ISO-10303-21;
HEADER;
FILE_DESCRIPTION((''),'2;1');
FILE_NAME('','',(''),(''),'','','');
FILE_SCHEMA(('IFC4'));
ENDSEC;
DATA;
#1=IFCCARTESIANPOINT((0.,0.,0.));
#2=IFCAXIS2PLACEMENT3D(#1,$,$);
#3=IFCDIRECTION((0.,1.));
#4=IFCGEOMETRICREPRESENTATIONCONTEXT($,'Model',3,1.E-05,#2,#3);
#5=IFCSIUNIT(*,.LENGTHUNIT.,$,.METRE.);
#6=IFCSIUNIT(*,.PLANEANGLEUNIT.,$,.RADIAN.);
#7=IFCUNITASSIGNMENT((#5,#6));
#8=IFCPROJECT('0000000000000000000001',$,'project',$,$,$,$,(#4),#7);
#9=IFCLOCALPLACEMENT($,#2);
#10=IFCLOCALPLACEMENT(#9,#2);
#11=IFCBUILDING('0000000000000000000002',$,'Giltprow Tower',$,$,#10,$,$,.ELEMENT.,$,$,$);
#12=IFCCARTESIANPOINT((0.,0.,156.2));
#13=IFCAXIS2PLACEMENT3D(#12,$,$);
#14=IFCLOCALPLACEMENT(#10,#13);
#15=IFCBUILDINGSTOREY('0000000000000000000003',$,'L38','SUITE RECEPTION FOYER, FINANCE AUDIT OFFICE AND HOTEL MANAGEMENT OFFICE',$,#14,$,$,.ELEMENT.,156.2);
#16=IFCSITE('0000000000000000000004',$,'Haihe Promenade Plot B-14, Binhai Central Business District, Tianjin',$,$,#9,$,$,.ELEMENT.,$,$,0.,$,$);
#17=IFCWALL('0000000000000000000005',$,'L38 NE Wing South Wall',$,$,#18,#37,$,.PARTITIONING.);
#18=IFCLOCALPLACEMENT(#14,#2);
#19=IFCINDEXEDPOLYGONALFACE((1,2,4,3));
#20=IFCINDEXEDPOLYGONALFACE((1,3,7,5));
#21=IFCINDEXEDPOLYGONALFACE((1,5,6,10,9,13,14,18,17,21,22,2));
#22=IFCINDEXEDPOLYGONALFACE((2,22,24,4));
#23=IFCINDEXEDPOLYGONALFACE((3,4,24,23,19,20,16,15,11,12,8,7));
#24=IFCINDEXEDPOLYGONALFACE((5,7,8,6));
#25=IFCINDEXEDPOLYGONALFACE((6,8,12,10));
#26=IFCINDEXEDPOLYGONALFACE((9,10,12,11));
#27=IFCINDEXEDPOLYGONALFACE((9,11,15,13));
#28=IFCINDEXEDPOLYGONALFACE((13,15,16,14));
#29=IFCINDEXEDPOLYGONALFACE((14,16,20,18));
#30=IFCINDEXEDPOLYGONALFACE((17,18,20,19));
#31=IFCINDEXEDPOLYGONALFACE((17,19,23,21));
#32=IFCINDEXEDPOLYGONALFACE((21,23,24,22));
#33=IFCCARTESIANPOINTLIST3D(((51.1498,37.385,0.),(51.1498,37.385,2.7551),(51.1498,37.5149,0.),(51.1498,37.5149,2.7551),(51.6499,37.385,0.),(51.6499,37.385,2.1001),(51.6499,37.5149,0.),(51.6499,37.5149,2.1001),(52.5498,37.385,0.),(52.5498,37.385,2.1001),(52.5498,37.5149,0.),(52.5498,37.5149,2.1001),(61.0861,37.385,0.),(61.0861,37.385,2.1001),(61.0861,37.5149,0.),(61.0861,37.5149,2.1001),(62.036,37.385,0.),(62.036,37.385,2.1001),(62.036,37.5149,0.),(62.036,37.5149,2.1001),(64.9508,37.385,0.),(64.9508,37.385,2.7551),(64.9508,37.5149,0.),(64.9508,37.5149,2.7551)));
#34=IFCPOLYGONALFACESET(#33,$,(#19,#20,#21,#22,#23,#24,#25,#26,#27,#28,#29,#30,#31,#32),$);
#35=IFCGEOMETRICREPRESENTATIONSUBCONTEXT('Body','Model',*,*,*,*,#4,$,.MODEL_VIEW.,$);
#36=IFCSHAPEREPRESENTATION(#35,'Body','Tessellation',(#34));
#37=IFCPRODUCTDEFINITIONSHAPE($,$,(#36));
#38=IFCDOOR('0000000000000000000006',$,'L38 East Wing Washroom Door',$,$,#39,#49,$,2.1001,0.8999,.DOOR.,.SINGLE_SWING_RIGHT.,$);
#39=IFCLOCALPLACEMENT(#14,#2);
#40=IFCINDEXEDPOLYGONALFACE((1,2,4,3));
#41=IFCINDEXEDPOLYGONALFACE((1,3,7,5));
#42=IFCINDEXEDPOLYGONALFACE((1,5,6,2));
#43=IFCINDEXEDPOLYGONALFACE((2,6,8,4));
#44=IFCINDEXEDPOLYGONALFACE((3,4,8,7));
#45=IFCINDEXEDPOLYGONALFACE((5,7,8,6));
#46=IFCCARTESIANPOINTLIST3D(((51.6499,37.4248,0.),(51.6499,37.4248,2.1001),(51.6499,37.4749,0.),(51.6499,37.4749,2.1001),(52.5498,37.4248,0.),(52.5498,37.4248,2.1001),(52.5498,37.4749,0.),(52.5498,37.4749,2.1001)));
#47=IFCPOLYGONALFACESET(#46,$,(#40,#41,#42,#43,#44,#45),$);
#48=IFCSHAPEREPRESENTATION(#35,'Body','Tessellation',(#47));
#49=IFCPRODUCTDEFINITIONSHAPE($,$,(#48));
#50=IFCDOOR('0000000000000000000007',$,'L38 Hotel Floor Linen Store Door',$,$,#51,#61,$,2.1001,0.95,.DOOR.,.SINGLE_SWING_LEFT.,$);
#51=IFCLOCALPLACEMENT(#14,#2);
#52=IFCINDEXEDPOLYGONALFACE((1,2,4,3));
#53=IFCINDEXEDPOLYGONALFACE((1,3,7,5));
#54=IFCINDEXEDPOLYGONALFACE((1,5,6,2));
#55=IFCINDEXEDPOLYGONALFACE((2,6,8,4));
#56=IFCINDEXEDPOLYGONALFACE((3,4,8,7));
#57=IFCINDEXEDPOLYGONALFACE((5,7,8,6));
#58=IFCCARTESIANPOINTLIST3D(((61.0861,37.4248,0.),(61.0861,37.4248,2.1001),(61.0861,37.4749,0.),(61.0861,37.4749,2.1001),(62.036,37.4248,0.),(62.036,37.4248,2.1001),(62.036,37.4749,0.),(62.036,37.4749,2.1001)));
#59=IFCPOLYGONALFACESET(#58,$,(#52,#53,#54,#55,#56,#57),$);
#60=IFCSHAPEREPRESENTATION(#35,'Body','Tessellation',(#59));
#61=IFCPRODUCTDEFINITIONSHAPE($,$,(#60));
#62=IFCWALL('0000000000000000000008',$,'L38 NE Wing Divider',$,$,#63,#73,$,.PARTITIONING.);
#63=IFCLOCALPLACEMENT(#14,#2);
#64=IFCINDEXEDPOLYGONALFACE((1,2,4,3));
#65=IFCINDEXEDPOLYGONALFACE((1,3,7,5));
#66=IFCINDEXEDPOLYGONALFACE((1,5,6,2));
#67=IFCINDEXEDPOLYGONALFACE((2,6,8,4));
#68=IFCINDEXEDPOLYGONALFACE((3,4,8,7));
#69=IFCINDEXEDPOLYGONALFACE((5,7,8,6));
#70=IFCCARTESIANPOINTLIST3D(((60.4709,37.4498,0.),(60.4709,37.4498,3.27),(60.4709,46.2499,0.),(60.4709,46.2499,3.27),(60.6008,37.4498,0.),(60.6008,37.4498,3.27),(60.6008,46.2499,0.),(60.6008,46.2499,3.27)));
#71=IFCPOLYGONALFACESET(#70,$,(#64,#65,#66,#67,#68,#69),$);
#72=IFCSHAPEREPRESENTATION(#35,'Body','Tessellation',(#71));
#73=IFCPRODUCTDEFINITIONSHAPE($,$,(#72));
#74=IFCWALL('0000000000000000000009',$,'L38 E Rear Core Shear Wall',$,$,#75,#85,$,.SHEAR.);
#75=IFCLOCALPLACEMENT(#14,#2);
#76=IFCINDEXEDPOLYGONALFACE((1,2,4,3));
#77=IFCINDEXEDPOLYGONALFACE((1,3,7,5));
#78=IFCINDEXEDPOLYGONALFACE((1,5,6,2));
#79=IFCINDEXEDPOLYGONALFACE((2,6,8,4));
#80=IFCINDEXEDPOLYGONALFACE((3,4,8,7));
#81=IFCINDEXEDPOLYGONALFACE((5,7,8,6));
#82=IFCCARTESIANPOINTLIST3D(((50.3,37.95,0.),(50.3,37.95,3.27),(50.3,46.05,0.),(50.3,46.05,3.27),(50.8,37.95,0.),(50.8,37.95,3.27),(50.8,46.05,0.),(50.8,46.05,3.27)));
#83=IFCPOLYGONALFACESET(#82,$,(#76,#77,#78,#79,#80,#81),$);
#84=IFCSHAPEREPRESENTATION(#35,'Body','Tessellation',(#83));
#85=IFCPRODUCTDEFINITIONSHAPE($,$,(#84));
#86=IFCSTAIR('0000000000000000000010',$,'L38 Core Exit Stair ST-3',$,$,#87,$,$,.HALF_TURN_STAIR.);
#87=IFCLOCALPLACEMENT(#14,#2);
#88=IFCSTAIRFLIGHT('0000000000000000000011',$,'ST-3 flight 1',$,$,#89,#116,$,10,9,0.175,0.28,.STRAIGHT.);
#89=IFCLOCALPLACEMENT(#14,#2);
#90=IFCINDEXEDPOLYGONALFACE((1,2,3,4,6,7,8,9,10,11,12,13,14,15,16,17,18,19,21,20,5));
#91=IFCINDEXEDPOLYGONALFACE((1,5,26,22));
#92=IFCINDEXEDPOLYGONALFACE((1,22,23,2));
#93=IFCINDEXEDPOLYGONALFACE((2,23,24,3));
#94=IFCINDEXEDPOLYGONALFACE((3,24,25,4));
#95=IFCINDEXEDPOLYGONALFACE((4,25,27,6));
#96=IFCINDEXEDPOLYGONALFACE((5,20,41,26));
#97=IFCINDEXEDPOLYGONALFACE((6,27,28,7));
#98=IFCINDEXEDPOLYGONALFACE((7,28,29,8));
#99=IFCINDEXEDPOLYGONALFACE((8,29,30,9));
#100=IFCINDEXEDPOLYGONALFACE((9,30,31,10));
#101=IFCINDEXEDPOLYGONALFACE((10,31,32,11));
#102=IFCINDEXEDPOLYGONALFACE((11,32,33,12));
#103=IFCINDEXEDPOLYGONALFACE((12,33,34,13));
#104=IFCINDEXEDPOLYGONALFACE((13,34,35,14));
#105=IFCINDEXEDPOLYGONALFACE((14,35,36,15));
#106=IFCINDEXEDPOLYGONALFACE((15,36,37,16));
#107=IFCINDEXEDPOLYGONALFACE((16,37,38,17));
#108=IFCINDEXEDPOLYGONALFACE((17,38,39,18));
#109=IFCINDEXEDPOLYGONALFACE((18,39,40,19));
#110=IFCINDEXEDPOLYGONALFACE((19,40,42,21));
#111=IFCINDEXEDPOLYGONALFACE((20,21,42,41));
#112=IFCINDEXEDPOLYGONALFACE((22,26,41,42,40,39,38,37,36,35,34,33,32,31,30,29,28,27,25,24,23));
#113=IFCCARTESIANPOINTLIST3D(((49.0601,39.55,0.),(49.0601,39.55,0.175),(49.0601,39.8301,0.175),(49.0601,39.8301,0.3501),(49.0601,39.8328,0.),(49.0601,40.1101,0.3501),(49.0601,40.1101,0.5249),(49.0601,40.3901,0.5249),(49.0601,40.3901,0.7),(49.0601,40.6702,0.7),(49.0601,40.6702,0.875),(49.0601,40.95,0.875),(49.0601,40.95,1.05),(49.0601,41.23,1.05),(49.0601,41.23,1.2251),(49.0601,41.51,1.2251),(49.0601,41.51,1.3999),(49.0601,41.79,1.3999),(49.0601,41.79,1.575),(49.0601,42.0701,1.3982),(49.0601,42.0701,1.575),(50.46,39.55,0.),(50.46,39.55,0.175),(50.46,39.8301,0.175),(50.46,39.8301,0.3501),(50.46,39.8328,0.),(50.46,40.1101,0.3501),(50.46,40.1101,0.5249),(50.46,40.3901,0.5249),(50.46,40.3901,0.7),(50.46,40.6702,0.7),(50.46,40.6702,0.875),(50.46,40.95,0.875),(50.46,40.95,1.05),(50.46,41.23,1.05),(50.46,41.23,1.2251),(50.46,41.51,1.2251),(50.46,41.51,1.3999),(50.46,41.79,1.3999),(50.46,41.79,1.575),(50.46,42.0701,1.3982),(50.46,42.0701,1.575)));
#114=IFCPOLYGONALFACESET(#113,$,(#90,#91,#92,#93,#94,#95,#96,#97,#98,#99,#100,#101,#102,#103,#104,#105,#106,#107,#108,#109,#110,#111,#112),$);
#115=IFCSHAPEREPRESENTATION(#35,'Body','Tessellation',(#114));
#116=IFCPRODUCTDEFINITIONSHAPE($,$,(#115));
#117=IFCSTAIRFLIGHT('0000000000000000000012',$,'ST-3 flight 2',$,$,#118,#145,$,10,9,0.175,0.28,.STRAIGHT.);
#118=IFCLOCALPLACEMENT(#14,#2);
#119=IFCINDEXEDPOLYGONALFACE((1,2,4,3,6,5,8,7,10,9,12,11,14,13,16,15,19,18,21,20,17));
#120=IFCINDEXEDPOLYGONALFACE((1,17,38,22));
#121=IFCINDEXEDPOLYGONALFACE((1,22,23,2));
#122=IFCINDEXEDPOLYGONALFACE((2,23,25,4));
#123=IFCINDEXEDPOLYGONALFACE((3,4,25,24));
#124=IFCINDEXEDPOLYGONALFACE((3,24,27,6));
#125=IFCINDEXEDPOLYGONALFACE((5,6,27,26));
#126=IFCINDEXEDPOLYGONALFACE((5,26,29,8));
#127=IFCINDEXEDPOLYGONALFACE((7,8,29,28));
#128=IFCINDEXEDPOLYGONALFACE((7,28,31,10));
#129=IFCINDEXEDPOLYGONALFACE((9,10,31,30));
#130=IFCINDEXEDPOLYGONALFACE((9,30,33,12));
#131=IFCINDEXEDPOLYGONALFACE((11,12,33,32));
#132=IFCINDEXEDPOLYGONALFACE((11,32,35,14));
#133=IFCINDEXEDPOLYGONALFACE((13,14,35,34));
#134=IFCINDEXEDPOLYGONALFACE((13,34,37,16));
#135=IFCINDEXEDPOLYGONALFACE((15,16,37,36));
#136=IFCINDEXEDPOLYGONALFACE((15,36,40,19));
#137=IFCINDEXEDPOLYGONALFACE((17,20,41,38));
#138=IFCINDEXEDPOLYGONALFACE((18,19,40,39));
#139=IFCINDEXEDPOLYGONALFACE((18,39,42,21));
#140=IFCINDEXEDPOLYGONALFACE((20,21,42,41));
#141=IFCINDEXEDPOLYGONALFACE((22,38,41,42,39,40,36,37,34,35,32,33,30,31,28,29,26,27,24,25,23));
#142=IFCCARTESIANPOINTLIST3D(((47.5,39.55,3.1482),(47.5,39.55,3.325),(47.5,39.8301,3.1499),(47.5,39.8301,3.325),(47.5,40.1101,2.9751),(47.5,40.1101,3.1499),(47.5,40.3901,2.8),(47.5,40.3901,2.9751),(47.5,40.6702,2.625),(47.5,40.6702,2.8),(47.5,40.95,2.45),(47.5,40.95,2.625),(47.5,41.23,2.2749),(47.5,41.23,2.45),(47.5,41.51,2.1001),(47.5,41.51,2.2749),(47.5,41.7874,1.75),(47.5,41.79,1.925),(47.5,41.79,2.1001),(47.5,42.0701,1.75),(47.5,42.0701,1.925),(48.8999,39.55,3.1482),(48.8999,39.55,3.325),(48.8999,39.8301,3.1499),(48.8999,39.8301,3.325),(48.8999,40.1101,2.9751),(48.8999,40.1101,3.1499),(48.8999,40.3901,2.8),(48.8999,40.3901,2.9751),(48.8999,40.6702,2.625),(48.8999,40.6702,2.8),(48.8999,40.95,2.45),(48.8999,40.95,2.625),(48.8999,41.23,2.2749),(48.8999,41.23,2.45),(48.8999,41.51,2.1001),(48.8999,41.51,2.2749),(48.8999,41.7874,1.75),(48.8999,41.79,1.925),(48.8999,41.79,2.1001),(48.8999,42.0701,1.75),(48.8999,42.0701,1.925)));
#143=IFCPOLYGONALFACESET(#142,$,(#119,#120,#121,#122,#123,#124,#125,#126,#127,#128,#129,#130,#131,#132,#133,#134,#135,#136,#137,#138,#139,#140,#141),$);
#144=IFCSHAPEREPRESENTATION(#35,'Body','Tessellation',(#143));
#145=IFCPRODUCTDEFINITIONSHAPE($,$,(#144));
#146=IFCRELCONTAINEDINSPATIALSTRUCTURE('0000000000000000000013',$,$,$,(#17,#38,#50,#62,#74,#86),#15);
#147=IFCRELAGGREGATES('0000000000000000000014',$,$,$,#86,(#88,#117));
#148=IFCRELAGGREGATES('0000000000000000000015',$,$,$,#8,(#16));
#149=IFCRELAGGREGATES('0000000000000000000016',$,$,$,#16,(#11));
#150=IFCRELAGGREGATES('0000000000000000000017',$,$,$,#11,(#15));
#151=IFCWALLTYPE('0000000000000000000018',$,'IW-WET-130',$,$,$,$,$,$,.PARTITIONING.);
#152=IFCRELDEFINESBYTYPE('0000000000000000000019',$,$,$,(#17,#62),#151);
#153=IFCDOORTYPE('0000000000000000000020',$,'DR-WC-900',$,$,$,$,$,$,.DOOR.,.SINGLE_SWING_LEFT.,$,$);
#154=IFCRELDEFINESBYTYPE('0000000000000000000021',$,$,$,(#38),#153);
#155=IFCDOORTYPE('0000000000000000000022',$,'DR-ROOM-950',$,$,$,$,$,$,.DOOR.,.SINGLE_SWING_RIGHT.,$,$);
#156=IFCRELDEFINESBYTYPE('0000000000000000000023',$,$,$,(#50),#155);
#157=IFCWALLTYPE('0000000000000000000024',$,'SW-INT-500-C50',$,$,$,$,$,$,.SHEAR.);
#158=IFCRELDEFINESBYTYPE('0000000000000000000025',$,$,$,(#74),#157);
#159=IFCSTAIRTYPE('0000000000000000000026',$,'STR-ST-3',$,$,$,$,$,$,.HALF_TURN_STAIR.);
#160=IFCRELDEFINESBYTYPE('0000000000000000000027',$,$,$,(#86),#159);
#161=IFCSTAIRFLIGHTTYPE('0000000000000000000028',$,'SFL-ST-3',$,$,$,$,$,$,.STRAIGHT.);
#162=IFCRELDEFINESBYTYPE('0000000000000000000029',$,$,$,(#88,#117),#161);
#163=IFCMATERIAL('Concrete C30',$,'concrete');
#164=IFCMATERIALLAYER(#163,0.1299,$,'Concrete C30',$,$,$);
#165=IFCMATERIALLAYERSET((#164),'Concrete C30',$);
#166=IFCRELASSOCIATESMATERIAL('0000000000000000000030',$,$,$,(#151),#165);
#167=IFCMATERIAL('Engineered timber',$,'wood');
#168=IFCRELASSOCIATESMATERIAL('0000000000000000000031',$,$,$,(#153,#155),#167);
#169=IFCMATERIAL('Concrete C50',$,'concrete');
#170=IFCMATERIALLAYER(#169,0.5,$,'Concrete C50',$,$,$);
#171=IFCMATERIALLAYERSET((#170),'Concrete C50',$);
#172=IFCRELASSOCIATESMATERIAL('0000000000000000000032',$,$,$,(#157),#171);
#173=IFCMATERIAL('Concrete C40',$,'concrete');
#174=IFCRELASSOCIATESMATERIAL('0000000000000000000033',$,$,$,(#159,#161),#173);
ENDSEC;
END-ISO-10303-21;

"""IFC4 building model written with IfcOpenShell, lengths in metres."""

from ifc_helpers import new_model, si_unit, direction, frame, frame_2d, origin, place, context, subcontext, project, spatial, polyline, rectangle, outline, extrude, source, transform, mapped, material, layer, layer_set, type_object, element, fill, aggregate, save


model = new_model("IFC4")

# Units and contexts
model_context = context("Model", 3, precision=1e-05, world=origin(), true_north=direction((0.0, 1.0)))
body_context = subcontext(model_context, "Body", "Model", "MODEL_VIEW")
ifc_project = project(units=[si_unit("LENGTHUNIT", "METRE"), si_unit("PLANEANGLEUNIT", "RADIAN")], contexts=[model_context])

# Site, building, storey
site_placement = place(None, origin())
site = spatial("IfcSite", under=ifc_project, at=site_placement, Name="Haihe Promenade Plot B-14, Binhai Central Business District, Tianjin", CompositionType="ELEMENT", RefElevation=0.0)
building_placement = place(site_placement, origin())
building = spatial("IfcBuilding", under=site, at=building_placement, Name="Giltprow Tower", CompositionType="ELEMENT")
storey_placement = place(building_placement, frame((0.0, 0.0, 156.2)))
storey = spatial("IfcBuildingStorey", under=building, at=storey_placement, Name="L38", Description="SUITE RECEPTION FOYER, FINANCE AUDIT OFFICE AND HOTEL MANAGEMENT OFFICE", CompositionType="ELEMENT", Elevation=156.2)

# Shared definitions
ifc_material_1 = material(Name="Concrete C50", Category="concrete")

# Shared definitions
ifc_material_2 = material(Name="Concrete C40", Category="concrete")

# Wall, openings, doors
ifc_material_3 = material(Name="Concrete C30", Category="concrete")
ifc_layer_1 = layer(ifc_material_3, 0.1299, Name="Concrete C30")
ifc_layer_set_1 = layer_set([ifc_layer_1], Name="Concrete C30")
wall_type_1 = type_object("IfcWallType", Name="IW-WET-130", PredefinedType="PARTITIONING", material=ifc_layer_set_1)
wall_1_placement = place(storey_placement, frame((51.1499, 37.45, 0.0), z_axis=(0.0, 0.0, 1.0), x_axis=(1.0, 0.0, 0.0)))
wall_1 = element("IfcWall", 1, at=wall_1_placement, inside=storey, type_object=wall_type_1, Name="L38 NE Wing South Wall", PredefinedType="PARTITIONING", context=body_context, shape_type="SweptSolid", body=[
    extrude(rectangle(XDim=13.801, YDim=0.1299, at=frame_2d((6.9004, 0.0))), origin(), (0.0, 0.0, 1.0), 2.7551),
])
opening_1_placement = place(wall_1_placement, frame((0.5, 0.0, 0.0)))
opening_1 = element("IfcOpeningElement", 2, at=opening_1_placement, cuts=wall_1, PredefinedType="OPENING", context=body_context, shape_type="SweptSolid", body=[
    extrude(rectangle(XDim=0.8999, YDim=2.1001, at=frame_2d((0.45, 1.05))), frame((0.0, 0.075, 0.0), z_axis=(0.0, -1.0, 0.0), x_axis=(1.0, 0.0, 0.0)), (0.0, 0.0, 1.0), 0.1499),
])
opening_2_placement = place(wall_1_placement, frame((9.936, 0.0, 0.0)))
opening_2 = element("IfcOpeningElement", 3, at=opening_2_placement, cuts=wall_1, PredefinedType="OPENING", context=body_context, shape_type="SweptSolid", body=[
    extrude(rectangle(XDim=0.95, YDim=2.1001, at=frame_2d((0.4751, 1.05))), frame((0.0, 0.075, 0.0), z_axis=(0.0, -1.0, 0.0), x_axis=(1.0, 0.0, 0.0)), (0.0, 0.0, 1.0), 0.1499),
])
ifc_material_4 = material(Name="Engineered timber", Category="wood")
door_type_1 = type_object("IfcDoorType", Name="DR-WC-900", OperationType="SINGLE_SWING_LEFT", PredefinedType="DOOR", material=ifc_material_4)
shared_shape_1 = source(origin(), body_context, "Body", "SweptSolid", [
    extrude(rectangle(XDim=0.8999, YDim=2.1001, at=frame_2d((0.45, 1.05))), frame((0.0, 0.0249, 0.0), z_axis=(0.0, -1.0, 0.0), x_axis=(1.0, 0.0, 0.0)), (0.0, 0.0, 1.0), 0.05),
])
door_1_placement = place(opening_1_placement, origin())
door_1 = element("IfcDoor", 4, at=door_1_placement, inside=storey, type_object=door_type_1, Name="L38 East Wing Washroom Door", OperationType="SINGLE_SWING_RIGHT", OverallHeight=2.1001, OverallWidth=0.8999, PredefinedType="DOOR", context=body_context, shape_type="MappedRepresentation", body=[
    mapped(shared_shape_1, transform((0.0, 0.0, 0.0), x_axis=(1.0, 0.0, 0.0), y_axis=(0.0, 1.0, 0.0), z_axis=(0.0, 0.0, 1.0), scale=1.0)),
])
fill(opening_1, door_1)
door_type_2 = type_object("IfcDoorType", Name="DR-ROOM-950", OperationType="SINGLE_SWING_RIGHT", PredefinedType="DOOR", material=ifc_material_4)
shared_shape_2 = source(origin(), body_context, "Body", "SweptSolid", [
    extrude(rectangle(XDim=0.95, YDim=2.1001, at=frame_2d((0.4751, 1.05))), frame((0.0, 0.0249, 0.0), z_axis=(0.0, -1.0, 0.0), x_axis=(1.0, 0.0, 0.0)), (0.0, 0.0, 1.0), 0.05),
])
door_2_placement = place(opening_2_placement, origin())
door_2 = element("IfcDoor", 5, at=door_2_placement, inside=storey, type_object=door_type_2, Name="L38 Hotel Floor Linen Store Door", OperationType="SINGLE_SWING_LEFT", OverallHeight=2.1001, OverallWidth=0.95, PredefinedType="DOOR", context=body_context, shape_type="MappedRepresentation", body=[
    mapped(shared_shape_2, transform((0.0, 0.0, 0.0), x_axis=(1.0, 0.0, 0.0), y_axis=(0.0, 1.0, 0.0), z_axis=(0.0, 0.0, 1.0), scale=1.0)),
])
fill(opening_2, door_2)

# Walls
wall_2_placement = place(storey_placement, frame((60.5359, 37.45, 0.0), z_axis=(0.0, 0.0, 1.0), x_axis=(0.0, 1.0, 0.0)))
element("IfcWall", 6, at=wall_2_placement, inside=storey, type_object=wall_type_1, Name="L38 NE Wing Divider", PredefinedType="PARTITIONING", context=body_context, shape_type="SweptSolid", body=[
    extrude(rectangle(XDim=8.8, YDim=0.1299, at=frame_2d((4.3999, 0.0))), origin(), (0.0, 0.0, 1.0), 3.27),
])
ifc_layer_2 = layer(ifc_material_1, 0.5, Name="Concrete C50")
ifc_layer_set_2 = layer_set([ifc_layer_2], Name="Concrete C50")
wall_type_2 = type_object("IfcWallType", Name="SW-INT-500-C50", PredefinedType="SHEAR", material=ifc_layer_set_2)
wall_3_placement = place(storey_placement, frame((50.55, 37.95, 0.0), z_axis=(0.0, 0.0, 1.0), x_axis=(0.0, 1.0, 0.0)))
element("IfcWall", 7, at=wall_3_placement, inside=storey, type_object=wall_type_2, Name="L38 E Rear Core Shear Wall", PredefinedType="SHEAR", context=body_context, shape_type="SweptSolid", body=[
    extrude(rectangle(XDim=8.1001, YDim=0.5, at=frame_2d((4.05, 0.0))), origin(), (0.0, 0.0, 1.0), 3.27),
])

# Stair, stair flights
stair_type = type_object("IfcStairType", Name="STR-ST-3", PredefinedType="HALF_TURN_STAIR", material=ifc_material_2)
stair_placement = place(storey_placement, origin())
stair = element("IfcStair", 8, at=stair_placement, inside=storey, type_object=stair_type, Name="L38 Core Exit Stair ST-3", PredefinedType="HALF_TURN_STAIR")
stair_flight_type = type_object("IfcStairFlightType", Name="SFL-ST-3", PredefinedType="STRAIGHT", material=ifc_material_2)
stair_flight_1_placement = place(storey_placement, frame((49.76, 39.55, 0.0), z_axis=(0.0, 0.0, 1.0), x_axis=(0.0, 1.0, 0.0)))
stair_flight_1 = element("IfcStairFlight", 9, at=stair_flight_1_placement, type_object=stair_flight_type, Name="ST-3 flight 1", NumberOfRisers=10, NumberOfTreads=9, PredefinedType="STRAIGHT", RiserHeight=0.175, TreadLength=0.28, context=body_context, shape_type="SweptSolid", body=[
    extrude(outline(polyline([(0.0, 0.0), (0.0, 0.175), (0.28, 0.175), (0.28, 0.3501), (0.5601, 0.3501), (0.5601, 0.5249), (0.8401, 0.5249), (0.8401, 0.7), (1.1201, 0.7), (1.1201, 0.875), (1.3999, 0.875), (1.3999, 1.05), (1.6799, 1.05), (1.6799, 1.2251), (1.96, 1.2251), (1.96, 1.3999), (2.24, 1.3999), (2.24, 1.575), (2.52, 1.575), (2.52, 1.75), (2.52, 1.3982), (0.2827, 0.0), (0.0, 0.0)])), frame((0.0, 0.7, 0.0), z_axis=(0.0, -1.0, 0.0), x_axis=(1.0, 0.0, 0.0)), (0.0, 0.0, 1.0), 1.3999),
])
stair_flight_2_placement = place(storey_placement, frame((48.2, 42.0701, 1.75), z_axis=(0.0, 0.0, 1.0), x_axis=(0.0, -1.0, 0.0)))
stair_flight_2 = element("IfcStairFlight", 10, at=stair_flight_2_placement, type_object=stair_flight_type, Name="ST-3 flight 2", NumberOfRisers=10, NumberOfTreads=9, PredefinedType="STRAIGHT", RiserHeight=0.175, TreadLength=0.28, context=body_context, shape_type="SweptSolid", body=[
    extrude(outline(polyline([(0.0, 0.0), (0.0, 0.175), (0.28, 0.175), (0.28, 0.3501), (0.5601, 0.3501), (0.5601, 0.5249), (0.8401, 0.5249), (0.8401, 0.7), (1.1201, 0.7), (1.1201, 0.875), (1.3999, 0.875), (1.3999, 1.05), (1.6799, 1.05), (1.6799, 1.2251), (1.96, 1.2251), (1.96, 1.3999), (2.24, 1.3999), (2.24, 1.575), (2.52, 1.575), (2.52, 1.75), (2.52, 1.3982), (0.2827, 0.0), (0.0, 0.0)])), frame((0.0, 0.7, 0.0), z_axis=(0.0, -1.0, 0.0), x_axis=(1.0, 0.0, 0.0)), (0.0, 0.0, 1.0), 1.3999),
])
aggregate(stair, [stair_flight_1, stair_flight_2])

save(model, "model.ifc")
